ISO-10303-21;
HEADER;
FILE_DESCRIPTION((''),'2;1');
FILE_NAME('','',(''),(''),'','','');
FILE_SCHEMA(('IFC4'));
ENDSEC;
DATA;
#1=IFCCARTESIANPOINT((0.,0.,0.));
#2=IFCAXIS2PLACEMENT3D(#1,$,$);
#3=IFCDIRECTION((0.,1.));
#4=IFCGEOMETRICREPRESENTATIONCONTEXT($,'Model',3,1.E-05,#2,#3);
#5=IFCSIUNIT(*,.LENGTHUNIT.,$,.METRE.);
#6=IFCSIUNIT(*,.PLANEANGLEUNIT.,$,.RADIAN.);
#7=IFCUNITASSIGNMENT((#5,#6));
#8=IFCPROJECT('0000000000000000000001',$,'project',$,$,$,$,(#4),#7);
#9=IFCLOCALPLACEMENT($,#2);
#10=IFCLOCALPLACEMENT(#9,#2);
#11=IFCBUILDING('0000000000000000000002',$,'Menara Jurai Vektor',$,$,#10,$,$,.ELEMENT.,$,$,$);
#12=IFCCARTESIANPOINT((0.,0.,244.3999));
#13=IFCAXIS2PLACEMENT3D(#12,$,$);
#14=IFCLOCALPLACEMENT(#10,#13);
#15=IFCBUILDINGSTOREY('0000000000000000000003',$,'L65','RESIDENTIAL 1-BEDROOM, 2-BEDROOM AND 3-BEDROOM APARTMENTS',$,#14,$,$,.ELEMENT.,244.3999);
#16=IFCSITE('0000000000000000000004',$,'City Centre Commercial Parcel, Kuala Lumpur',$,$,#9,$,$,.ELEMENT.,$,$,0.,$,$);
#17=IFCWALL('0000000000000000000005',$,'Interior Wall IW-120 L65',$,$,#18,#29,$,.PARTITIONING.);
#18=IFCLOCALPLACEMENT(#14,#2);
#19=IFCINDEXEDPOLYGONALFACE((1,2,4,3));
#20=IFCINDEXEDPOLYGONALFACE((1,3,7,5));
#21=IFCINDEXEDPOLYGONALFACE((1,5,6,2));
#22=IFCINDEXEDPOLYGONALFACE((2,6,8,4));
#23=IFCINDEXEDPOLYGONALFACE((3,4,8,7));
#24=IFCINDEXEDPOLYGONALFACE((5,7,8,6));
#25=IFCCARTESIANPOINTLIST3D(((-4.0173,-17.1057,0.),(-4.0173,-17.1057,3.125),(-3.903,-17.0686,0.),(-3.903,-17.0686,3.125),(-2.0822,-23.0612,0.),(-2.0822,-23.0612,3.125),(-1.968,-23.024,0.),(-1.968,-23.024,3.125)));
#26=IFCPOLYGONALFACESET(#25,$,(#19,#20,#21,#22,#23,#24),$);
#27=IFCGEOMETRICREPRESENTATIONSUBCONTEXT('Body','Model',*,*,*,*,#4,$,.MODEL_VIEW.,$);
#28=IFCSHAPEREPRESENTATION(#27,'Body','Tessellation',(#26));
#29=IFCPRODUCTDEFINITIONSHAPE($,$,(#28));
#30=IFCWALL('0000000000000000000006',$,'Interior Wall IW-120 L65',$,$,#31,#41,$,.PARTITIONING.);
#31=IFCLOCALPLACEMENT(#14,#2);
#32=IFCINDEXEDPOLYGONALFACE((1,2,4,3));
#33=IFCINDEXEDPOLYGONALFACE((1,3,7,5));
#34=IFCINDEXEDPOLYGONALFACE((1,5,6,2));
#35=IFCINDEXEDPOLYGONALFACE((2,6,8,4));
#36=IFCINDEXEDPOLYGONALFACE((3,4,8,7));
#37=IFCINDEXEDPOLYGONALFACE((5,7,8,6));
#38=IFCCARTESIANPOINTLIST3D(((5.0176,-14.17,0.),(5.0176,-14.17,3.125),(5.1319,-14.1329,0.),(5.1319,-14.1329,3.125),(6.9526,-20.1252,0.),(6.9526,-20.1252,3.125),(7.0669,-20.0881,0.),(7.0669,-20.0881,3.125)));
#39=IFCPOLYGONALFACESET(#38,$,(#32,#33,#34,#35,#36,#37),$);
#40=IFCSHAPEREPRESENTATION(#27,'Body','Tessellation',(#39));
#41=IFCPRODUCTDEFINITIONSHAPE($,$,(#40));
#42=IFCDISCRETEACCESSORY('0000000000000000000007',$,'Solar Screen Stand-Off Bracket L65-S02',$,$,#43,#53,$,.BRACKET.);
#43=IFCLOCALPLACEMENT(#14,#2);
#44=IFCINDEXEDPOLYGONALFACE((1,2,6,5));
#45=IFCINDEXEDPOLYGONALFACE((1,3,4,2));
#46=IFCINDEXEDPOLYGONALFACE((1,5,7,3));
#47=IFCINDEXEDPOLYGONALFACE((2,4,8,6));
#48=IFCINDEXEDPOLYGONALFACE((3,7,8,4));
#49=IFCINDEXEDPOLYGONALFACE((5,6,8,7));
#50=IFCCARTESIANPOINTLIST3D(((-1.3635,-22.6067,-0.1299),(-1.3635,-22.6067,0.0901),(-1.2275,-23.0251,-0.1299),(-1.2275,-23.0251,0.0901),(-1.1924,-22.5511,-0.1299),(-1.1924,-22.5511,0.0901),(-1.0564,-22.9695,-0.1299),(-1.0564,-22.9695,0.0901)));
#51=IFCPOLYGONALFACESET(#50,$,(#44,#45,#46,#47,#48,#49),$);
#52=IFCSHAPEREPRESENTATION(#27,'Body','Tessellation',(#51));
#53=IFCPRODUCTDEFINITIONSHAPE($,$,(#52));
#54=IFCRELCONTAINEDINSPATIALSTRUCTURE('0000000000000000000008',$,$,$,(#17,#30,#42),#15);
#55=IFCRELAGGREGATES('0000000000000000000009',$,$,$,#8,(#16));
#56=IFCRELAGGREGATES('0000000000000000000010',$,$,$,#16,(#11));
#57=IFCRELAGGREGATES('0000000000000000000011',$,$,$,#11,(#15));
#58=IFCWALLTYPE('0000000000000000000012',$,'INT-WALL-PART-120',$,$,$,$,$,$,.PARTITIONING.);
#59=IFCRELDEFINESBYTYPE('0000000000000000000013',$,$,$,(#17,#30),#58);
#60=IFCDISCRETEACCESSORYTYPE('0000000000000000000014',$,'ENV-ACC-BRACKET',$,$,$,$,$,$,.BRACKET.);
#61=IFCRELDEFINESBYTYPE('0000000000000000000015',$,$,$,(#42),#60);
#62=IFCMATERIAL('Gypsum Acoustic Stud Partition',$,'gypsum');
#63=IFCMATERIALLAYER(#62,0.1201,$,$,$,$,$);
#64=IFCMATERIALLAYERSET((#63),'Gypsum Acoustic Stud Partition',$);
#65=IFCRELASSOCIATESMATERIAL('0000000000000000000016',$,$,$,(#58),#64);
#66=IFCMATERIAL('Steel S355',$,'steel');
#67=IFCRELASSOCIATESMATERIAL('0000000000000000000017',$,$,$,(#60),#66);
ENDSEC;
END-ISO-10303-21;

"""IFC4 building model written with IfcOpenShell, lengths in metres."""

from ifc_helpers import new_model, si_unit, direction, frame, frame_2d, origin, origin_2d, place, context, subcontext, project, spatial, rectangle, extrude, material, layer, layer_set, type_object, element, save


model = new_model("IFC4")

# Units and contexts
model_context = context("Model", 3, precision=1e-05, world=origin(), true_north=direction((0.0, 1.0)))
body_context = subcontext(model_context, "Body", "Model", "MODEL_VIEW")
ifc_project = project(units=[si_unit("LENGTHUNIT", "METRE"), si_unit("PLANEANGLEUNIT", "RADIAN")], contexts=[model_context])

# Site, building, storey
site_placement = place(None, origin())
site = spatial("IfcSite", under=ifc_project, at=site_placement, Name="City Centre Commercial Parcel, Kuala Lumpur", CompositionType="ELEMENT", RefElevation=0.0)
building_placement = place(site_placement, origin())
building = spatial("IfcBuilding", under=site, at=building_placement, Name="Menara Jurai Vektor", CompositionType="ELEMENT")
storey_placement = place(building_placement, frame((0.0, 0.0, 244.3999)))
storey = spatial("IfcBuildingStorey", under=building, at=storey_placement, Name="L65", Description="RESIDENTIAL 1-BEDROOM, 2-BEDROOM AND 3-BEDROOM APARTMENTS", CompositionType="ELEMENT", Elevation=244.3999)

# Shared definitions
ifc_material_1 = material(Name="Steel S355", Category="steel")

# Walls
ifc_material_2 = material(Name="Gypsum Acoustic Stud Partition", Category="gypsum")
ifc_layer_1 = layer(ifc_material_2, 0.1201)
ifc_layer_set_1 = layer_set([ifc_layer_1], Name="Gypsum Acoustic Stud Partition")
wall_type_1 = type_object("IfcWallType", Name="INT-WALL-PART-120", PredefinedType="PARTITIONING", material=ifc_layer_set_1)
wall_1_placement = place(storey_placement, frame((-2.0251, -23.0425, 0.0), z_axis=(0.0, 0.0, 1.0), x_axis=(-0.309014, 0.951058, 0.0)))
element("IfcWall", 1, at=wall_1_placement, inside=storey, type_object=wall_type_1, Name="Interior Wall IW-120 L65", PredefinedType="PARTITIONING", context=body_context, shape_type="SweptSolid", body=[
    extrude(rectangle(XDim=6.262, YDim=0.1201, at=frame_2d((3.1309, 0.0))), origin(), (0.0, 0.0, 1.0), 3.125),
])
wall_2_placement = place(storey_placement, frame((7.0098, -20.1067, 0.0), z_axis=(0.0, 0.0, 1.0), x_axis=(-0.309025, 0.951054, 0.0)))
element("IfcWall", 2, at=wall_2_placement, inside=storey, type_object=wall_type_1, Name="Interior Wall IW-120 L65", PredefinedType="PARTITIONING", context=body_context, shape_type="SweptSolid", body=[
    extrude(rectangle(XDim=6.2617, YDim=0.1201, at=frame_2d((3.1309, 0.0))), origin(), (0.0, 0.0, 1.0), 3.125),
])

# Discrete accessory
discrete_accessory_type = type_object("IfcDiscreteAccessoryType", Name="ENV-ACC-BRACKET", PredefinedType="BRACKET", material=ifc_material_1)
discrete_accessory_placement = place(storey_placement, frame((-1.21, -22.7881, -0.1299), z_axis=(0.0, 0.0, 1.0), x_axis=(0.951057, 0.309017, 0.0)))
element("IfcDiscreteAccessory", 3, at=discrete_accessory_placement, inside=storey, type_object=discrete_accessory_type, Name="Solar Screen Stand-Off Bracket L65-S02", PredefinedType="BRACKET", context=body_context, shape_type="SweptSolid", body=[
    extrude(rectangle(XDim=0.1799, YDim=0.4399, at=origin_2d()), origin(), (0.0, 0.0, 1.0), 0.22),
])

save(model, "model.ifc")
